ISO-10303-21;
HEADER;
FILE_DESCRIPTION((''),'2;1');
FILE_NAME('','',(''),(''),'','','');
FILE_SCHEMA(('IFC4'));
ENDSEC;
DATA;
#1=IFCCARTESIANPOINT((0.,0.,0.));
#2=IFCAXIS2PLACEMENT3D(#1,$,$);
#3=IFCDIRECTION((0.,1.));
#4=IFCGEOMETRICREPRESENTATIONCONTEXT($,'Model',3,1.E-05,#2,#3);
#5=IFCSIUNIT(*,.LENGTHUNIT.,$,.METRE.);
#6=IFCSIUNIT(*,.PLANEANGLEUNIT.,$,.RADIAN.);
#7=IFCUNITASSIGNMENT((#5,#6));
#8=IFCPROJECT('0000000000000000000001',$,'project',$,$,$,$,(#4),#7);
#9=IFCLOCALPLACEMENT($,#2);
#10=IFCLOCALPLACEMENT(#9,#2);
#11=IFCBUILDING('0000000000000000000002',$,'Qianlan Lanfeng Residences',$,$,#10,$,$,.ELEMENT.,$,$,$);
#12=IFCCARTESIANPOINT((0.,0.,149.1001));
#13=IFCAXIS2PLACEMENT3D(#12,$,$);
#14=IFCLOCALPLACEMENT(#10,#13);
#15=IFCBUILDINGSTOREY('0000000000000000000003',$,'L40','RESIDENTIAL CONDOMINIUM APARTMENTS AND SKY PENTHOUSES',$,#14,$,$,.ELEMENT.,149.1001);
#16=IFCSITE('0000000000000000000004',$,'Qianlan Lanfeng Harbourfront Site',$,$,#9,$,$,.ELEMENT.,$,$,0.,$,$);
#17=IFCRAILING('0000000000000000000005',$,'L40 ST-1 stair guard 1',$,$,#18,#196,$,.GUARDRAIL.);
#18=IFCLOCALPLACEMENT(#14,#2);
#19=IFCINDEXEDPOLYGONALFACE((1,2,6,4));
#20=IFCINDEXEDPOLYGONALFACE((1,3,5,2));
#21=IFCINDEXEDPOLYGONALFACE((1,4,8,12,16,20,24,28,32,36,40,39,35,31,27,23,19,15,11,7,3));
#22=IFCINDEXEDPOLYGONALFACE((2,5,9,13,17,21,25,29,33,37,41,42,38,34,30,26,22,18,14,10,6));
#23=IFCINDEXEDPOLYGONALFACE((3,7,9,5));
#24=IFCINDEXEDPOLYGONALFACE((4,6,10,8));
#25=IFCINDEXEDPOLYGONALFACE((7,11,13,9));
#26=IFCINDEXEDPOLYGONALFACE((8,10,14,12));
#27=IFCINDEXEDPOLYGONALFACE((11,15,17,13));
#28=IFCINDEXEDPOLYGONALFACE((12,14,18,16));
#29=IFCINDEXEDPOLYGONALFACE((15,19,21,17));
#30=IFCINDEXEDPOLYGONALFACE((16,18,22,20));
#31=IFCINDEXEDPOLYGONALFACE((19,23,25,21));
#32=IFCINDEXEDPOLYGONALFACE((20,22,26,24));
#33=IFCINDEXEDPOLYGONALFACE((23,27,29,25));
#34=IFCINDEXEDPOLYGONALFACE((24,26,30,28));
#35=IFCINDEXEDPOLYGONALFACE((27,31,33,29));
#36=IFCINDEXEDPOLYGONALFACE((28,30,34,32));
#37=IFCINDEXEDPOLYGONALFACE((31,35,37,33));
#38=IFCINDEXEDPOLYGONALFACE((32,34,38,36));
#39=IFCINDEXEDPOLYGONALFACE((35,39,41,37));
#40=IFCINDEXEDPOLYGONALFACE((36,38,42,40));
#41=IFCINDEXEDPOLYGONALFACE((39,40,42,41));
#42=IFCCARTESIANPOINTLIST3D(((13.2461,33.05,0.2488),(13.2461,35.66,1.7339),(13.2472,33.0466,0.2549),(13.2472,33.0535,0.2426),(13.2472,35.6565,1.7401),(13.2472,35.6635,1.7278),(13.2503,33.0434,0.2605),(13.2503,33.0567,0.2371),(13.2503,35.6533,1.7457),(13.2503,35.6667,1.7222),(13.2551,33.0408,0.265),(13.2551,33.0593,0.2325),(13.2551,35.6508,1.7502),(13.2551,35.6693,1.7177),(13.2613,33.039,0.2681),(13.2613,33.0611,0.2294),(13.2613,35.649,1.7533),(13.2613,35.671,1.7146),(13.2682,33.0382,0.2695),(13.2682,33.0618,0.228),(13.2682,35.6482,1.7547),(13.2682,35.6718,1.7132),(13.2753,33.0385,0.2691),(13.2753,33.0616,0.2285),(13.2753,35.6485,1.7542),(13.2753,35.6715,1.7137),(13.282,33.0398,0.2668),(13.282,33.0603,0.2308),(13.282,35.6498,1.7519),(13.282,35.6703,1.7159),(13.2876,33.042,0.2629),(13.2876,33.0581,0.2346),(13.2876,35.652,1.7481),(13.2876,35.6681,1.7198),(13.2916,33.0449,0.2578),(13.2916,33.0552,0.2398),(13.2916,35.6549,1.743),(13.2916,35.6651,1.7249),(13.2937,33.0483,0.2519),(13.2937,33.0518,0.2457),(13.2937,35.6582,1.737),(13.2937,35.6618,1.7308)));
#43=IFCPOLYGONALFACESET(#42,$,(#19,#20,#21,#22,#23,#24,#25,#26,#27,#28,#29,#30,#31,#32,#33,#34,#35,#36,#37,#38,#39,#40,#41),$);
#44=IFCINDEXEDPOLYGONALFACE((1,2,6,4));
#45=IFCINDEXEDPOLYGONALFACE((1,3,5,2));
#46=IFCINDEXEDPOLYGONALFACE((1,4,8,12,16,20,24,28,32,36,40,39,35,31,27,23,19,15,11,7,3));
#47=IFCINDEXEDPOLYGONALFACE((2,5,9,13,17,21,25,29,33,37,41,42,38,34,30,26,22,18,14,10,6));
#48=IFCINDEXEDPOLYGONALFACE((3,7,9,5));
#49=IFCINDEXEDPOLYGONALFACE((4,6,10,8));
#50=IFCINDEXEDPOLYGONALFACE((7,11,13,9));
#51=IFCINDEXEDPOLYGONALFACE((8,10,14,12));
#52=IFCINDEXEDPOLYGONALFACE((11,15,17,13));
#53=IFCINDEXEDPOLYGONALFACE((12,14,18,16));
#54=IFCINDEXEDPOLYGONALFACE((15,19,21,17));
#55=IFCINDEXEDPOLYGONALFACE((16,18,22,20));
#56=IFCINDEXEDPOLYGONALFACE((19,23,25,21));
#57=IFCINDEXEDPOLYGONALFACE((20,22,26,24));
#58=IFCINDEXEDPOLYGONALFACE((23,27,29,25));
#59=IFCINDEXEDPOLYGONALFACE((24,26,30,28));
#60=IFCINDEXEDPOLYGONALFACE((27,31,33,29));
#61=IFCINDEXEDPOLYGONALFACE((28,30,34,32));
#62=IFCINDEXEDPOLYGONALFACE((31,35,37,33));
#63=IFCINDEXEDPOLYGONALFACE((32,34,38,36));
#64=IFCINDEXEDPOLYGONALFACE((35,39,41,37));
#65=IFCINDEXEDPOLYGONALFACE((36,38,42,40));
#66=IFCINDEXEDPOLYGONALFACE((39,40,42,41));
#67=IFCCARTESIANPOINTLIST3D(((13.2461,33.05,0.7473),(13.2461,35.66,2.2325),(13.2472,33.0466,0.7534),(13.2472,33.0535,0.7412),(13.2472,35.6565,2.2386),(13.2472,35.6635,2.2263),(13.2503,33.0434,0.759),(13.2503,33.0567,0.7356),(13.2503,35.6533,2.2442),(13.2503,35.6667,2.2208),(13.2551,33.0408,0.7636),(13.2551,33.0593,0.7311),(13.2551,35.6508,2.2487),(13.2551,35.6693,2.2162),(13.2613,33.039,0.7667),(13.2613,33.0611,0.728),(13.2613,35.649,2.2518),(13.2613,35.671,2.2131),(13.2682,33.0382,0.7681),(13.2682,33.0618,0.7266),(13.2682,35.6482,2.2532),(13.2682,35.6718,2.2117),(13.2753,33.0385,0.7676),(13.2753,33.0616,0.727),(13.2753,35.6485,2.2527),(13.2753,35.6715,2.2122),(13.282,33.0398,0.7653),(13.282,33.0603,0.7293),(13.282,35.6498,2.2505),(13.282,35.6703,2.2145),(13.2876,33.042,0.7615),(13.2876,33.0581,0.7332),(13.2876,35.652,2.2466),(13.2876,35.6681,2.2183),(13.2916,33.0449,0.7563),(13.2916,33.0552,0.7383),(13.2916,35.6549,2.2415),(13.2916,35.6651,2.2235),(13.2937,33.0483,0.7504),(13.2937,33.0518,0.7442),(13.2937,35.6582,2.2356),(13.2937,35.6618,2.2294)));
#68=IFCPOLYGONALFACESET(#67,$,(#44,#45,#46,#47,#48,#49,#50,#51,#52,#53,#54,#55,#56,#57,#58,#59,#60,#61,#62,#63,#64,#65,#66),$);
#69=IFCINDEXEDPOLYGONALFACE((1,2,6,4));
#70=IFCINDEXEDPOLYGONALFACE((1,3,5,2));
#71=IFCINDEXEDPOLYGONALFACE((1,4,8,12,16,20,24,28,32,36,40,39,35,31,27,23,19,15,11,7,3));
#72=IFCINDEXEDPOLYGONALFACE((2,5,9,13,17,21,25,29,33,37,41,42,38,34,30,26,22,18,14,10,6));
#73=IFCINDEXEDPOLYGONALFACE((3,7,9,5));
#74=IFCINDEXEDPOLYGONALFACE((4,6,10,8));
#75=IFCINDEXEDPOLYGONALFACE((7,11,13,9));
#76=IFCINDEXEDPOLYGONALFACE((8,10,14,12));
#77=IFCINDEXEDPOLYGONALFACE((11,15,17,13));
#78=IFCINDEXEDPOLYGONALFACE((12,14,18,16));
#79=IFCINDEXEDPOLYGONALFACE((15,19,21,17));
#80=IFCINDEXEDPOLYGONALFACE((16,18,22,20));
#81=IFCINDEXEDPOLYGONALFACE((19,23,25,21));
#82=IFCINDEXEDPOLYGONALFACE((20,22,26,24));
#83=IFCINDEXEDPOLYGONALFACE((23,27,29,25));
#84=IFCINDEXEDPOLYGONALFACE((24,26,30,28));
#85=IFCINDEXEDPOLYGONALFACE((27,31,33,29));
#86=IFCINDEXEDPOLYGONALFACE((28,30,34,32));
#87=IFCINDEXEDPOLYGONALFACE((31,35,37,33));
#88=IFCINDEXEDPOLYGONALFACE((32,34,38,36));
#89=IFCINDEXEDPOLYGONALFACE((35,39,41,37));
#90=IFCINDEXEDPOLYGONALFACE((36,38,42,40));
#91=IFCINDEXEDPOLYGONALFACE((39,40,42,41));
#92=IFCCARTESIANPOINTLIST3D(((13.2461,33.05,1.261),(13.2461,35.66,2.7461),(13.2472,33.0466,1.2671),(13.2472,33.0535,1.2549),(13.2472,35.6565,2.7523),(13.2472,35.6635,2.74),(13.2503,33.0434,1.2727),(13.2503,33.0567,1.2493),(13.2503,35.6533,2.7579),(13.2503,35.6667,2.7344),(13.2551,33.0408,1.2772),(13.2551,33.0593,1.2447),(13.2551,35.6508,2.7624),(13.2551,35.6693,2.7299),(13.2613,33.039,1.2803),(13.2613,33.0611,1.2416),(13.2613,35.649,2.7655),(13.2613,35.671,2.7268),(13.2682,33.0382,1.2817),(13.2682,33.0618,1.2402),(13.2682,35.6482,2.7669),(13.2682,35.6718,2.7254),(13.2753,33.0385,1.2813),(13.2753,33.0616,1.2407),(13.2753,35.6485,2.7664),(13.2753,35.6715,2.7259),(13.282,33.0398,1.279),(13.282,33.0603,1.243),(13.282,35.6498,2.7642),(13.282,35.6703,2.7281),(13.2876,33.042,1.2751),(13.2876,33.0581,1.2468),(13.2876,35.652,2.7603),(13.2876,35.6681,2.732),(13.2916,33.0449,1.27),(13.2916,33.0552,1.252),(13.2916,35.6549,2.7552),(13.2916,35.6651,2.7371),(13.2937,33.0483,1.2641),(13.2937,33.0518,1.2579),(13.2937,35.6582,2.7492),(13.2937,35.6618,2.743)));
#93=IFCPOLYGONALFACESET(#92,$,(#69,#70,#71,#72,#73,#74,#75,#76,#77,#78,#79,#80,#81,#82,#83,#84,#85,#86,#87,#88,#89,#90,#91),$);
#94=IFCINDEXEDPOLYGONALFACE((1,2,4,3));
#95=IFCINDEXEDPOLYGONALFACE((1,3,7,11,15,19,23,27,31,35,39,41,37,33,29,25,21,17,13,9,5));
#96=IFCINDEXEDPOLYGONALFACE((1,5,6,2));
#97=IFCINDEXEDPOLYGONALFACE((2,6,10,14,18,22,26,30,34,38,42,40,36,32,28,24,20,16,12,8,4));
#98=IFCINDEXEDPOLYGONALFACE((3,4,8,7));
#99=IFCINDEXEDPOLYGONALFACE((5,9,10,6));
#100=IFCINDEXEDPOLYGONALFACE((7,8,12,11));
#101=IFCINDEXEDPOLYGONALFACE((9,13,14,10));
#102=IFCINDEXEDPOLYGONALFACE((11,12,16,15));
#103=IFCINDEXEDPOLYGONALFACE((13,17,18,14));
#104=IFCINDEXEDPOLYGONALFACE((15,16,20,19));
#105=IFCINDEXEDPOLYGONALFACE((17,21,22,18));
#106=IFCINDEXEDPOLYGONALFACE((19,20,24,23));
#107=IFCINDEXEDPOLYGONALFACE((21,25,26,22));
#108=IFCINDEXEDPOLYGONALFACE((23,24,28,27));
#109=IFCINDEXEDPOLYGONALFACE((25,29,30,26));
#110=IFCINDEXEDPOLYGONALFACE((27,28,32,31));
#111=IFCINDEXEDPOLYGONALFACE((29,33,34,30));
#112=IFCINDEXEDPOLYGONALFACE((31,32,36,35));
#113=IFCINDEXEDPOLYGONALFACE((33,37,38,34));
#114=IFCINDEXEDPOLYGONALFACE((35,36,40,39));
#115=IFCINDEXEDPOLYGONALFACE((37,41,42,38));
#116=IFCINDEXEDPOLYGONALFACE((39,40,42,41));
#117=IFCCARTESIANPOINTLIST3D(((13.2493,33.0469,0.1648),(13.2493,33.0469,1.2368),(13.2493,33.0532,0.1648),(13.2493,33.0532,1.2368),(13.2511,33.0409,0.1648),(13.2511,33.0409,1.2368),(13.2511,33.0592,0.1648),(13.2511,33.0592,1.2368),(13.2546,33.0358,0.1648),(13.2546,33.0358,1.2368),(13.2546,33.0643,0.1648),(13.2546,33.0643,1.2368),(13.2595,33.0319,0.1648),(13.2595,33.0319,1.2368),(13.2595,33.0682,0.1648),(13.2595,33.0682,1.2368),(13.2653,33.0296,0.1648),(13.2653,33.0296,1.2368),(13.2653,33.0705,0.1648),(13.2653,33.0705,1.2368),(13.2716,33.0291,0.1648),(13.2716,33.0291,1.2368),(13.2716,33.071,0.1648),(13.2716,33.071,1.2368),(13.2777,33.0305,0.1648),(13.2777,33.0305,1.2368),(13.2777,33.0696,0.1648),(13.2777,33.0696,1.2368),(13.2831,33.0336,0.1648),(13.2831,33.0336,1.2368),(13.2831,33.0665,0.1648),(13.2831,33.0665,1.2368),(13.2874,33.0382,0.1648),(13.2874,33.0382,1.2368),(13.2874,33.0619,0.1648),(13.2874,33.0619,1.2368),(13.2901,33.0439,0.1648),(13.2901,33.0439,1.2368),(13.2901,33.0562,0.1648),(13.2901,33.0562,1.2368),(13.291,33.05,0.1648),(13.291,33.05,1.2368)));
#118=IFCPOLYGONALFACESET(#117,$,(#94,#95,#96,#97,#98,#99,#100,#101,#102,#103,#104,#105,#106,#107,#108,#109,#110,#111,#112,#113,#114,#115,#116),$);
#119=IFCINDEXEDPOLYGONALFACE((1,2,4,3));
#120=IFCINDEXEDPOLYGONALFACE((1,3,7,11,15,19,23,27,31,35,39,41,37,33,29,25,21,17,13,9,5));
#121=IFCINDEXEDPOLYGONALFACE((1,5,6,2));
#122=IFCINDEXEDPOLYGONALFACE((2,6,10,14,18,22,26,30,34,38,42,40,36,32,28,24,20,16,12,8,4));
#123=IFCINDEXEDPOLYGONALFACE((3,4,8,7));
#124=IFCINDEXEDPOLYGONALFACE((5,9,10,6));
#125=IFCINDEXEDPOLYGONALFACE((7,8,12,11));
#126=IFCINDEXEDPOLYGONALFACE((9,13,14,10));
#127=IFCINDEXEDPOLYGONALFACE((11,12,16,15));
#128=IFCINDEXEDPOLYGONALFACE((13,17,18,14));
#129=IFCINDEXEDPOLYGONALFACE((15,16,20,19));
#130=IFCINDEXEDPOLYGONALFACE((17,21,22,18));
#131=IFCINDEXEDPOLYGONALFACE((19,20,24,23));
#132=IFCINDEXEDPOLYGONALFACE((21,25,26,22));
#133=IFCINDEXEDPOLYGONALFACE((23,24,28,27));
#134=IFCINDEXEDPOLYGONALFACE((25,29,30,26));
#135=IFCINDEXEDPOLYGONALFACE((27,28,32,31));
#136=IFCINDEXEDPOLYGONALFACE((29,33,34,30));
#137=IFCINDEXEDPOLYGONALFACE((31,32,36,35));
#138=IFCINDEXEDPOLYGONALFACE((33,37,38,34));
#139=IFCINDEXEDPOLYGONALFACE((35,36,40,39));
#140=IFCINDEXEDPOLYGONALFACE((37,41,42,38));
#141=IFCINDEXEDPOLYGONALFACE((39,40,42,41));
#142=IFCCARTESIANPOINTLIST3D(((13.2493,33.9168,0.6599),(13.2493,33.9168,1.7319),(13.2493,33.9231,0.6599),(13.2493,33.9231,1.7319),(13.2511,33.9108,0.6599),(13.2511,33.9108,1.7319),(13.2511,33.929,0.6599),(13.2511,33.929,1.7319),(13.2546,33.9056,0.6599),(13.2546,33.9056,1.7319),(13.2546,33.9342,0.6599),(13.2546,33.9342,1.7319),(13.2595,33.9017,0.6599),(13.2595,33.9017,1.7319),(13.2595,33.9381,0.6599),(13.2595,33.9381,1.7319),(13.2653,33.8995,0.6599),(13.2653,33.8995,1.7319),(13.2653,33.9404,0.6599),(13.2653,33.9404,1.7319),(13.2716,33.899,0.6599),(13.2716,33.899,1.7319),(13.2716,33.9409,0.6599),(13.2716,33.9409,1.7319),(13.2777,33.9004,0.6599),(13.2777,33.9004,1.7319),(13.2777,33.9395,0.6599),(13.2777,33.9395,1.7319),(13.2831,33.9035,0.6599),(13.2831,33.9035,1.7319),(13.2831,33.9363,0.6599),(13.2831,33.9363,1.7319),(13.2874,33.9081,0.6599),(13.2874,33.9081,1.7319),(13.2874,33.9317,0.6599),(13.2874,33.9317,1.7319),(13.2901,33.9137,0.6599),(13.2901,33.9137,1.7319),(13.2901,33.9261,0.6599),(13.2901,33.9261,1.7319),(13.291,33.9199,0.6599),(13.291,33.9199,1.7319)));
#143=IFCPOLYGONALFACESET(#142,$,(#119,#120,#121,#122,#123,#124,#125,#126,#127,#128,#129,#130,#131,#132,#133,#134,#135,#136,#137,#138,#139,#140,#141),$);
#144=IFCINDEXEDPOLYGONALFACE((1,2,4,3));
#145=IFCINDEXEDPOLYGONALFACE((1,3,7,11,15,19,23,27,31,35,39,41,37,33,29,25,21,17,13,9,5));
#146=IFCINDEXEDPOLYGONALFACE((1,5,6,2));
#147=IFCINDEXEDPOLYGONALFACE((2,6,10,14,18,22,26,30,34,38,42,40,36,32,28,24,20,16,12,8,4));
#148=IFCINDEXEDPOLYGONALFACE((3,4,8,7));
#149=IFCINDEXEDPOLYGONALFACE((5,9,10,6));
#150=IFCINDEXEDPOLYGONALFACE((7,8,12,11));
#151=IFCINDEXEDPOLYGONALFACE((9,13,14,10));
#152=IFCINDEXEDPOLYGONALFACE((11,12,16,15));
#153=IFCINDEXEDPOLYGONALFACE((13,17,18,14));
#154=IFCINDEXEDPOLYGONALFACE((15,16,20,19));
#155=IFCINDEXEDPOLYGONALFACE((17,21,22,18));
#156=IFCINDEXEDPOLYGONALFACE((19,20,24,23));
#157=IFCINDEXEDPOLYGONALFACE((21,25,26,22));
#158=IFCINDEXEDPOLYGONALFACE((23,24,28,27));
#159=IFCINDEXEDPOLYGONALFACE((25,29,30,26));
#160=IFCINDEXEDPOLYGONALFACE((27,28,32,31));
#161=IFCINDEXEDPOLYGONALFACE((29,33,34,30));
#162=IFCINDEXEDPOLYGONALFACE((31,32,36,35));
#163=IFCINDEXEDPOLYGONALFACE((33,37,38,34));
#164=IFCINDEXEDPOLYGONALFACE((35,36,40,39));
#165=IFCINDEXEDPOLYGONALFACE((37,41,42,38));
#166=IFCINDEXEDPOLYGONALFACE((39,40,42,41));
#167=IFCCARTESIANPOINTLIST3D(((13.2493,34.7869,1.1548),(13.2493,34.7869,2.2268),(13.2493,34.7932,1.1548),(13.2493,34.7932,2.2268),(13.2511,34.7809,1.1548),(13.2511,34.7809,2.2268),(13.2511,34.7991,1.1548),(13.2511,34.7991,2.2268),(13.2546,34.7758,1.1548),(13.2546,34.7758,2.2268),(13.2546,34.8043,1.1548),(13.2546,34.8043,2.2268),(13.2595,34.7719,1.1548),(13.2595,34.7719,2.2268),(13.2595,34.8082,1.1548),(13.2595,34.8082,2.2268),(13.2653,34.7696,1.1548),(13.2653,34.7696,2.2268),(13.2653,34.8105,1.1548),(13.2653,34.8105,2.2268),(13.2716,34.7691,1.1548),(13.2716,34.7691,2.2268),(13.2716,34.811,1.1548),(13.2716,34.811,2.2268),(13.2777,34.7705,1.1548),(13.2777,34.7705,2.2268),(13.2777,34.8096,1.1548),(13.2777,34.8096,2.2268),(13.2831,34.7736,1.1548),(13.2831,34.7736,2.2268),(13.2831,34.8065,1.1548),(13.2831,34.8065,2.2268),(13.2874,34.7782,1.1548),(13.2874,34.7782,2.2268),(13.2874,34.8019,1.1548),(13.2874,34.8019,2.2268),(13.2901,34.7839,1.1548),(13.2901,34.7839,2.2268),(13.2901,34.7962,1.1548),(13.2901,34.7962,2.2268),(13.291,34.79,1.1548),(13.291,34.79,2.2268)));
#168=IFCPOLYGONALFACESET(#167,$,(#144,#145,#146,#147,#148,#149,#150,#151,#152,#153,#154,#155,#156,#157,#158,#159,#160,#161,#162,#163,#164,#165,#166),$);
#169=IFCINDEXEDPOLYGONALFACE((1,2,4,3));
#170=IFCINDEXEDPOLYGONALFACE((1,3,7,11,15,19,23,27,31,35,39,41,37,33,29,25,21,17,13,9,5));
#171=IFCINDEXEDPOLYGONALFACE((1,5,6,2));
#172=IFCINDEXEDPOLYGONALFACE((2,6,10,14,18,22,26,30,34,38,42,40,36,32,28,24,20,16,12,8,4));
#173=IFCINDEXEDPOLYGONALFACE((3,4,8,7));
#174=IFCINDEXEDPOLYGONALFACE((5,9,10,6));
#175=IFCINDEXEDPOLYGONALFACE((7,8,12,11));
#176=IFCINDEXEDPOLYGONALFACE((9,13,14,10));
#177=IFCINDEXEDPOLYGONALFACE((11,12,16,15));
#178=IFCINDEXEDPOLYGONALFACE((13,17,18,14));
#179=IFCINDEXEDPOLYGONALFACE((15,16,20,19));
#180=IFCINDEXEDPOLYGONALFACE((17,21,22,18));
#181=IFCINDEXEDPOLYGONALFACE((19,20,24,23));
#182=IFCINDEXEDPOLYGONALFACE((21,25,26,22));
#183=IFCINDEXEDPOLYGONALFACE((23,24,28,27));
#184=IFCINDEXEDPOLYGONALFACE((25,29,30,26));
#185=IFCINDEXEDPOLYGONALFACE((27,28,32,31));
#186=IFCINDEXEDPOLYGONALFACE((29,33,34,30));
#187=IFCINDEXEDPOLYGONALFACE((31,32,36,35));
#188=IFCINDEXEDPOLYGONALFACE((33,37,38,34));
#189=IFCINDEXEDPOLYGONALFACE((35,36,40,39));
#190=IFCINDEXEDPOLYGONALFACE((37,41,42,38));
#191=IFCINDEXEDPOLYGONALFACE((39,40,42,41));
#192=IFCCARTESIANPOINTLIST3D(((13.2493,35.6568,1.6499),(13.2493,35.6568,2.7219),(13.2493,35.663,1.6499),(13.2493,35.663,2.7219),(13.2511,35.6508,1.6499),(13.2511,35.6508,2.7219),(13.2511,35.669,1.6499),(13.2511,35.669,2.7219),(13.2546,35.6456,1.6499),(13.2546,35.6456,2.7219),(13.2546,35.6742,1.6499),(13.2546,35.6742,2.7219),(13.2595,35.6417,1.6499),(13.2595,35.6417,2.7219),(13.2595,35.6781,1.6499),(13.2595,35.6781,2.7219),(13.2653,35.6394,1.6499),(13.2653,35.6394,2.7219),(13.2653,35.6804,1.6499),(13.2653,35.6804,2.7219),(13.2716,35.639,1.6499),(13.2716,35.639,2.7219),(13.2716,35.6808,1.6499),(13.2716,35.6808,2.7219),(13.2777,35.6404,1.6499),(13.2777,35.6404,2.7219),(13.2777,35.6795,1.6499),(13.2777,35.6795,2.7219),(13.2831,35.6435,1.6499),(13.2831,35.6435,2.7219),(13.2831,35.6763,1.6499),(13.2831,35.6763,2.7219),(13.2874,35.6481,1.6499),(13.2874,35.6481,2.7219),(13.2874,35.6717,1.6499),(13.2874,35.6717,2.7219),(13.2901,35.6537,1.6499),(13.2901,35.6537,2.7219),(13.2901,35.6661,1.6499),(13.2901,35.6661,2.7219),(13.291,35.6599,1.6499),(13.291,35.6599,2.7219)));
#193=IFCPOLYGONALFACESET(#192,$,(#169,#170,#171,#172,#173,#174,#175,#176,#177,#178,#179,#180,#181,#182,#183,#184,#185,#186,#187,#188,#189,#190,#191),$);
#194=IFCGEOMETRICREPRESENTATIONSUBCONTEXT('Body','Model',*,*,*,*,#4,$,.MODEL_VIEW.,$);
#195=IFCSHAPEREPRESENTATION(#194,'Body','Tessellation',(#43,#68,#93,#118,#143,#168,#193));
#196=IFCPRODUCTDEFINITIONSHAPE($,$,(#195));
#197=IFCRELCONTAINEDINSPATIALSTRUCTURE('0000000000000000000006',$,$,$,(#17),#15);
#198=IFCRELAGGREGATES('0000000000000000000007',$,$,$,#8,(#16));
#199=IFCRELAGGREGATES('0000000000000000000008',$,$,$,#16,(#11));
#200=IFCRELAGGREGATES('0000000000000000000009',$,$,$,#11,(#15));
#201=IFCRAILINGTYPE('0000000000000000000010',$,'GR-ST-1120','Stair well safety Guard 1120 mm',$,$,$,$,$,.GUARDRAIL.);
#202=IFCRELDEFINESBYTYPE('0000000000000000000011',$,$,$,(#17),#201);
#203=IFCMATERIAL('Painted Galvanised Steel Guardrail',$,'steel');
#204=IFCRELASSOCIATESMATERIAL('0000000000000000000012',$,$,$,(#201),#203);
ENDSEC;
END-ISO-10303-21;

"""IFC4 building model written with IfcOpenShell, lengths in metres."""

from ifc_helpers import new_model, si_unit, direction, frame, origin, origin_2d, place, context, subcontext, project, spatial, circle, extrude, material, type_object, element, save


model = new_model("IFC4")

# Units and contexts
model_context = context("Model", 3, precision=1e-05, world=origin(), true_north=direction((0.0, 1.0)))
body_context = subcontext(model_context, "Body", "Model", "MODEL_VIEW")
ifc_project = project(units=[si_unit("LENGTHUNIT", "METRE"), si_unit("PLANEANGLEUNIT", "RADIAN")], contexts=[model_context])

# Site, building, storey
site_placement = place(None, origin())
site = spatial("IfcSite", under=ifc_project, at=site_placement, Name="Qianlan Lanfeng Harbourfront Site", CompositionType="ELEMENT", RefElevation=0.0)
building_placement = place(site_placement, origin())
building = spatial("IfcBuilding", under=site, at=building_placement, Name="Qianlan Lanfeng Residences", CompositionType="ELEMENT")
storey_placement = place(building_placement, frame((0.0, 0.0, 149.1001)))
storey = spatial("IfcBuildingStorey", under=building, at=storey_placement, Name="L40", Description="RESIDENTIAL CONDOMINIUM APARTMENTS AND SKY PENTHOUSES", CompositionType="ELEMENT", Elevation=149.1001)

# Railing
ifc_material_1 = material(Name="Painted Galvanised Steel Guardrail", Category="steel")
railing_type_1 = type_object("IfcRailingType", Name="GR-ST-1120", Description="Stair well safety Guard 1120 mm", PredefinedType="GUARDRAIL", material=ifc_material_1)
railing_1_placement = place(storey_placement, frame((13.27, 33.05, 0.1648)))
element("IfcRailing", 1, at=railing_1_placement, inside=storey, type_object=railing_type_1, Name="L40 ST-1 stair guard 1", PredefinedType="GUARDRAIL", context=body_context, shape_type="SweptSolid", body=[
    extrude(circle(Radius=0.0239, at=origin_2d()), frame((0.0, 0.0, 0.084), z_axis=(0.0, 0.869137, 0.494571), x_axis=(-1.0, 0.0, 0.0)), (0.0, 0.0, 1.0), 3.0029),
    extrude(circle(Radius=0.0239, at=origin_2d()), frame((0.0, 0.0, 0.5825), z_axis=(0.0, 0.869137, 0.494571), x_axis=(-1.0, 0.0, 0.0)), (0.0, 0.0, 1.0), 3.0029),
    extrude(circle(Radius=0.0239, at=origin_2d()), frame((0.0, 0.0, 1.0962), z_axis=(0.0, 0.869137, 0.494571), x_axis=(-1.0, 0.0, 0.0)), (0.0, 0.0, 1.0), 3.0029),
    extrude(circle(Radius=0.021, at=origin_2d()), origin(), (0.0, 0.0, 1.0), 1.072),
    extrude(circle(Radius=0.021, at=origin_2d()), frame((0.0, 0.8699, 0.4951)), (0.0, 0.0, 1.0), 1.072),
    extrude(circle(Radius=0.021, at=origin_2d()), frame((0.0, 1.74, 0.99)), (0.0, 0.0, 1.0), 1.072),
    extrude(circle(Radius=0.021, at=origin_2d()), frame((0.0, 2.6099, 1.4851)), (0.0, 0.0, 1.0), 1.072),
])

save(model, "model.ifc")
